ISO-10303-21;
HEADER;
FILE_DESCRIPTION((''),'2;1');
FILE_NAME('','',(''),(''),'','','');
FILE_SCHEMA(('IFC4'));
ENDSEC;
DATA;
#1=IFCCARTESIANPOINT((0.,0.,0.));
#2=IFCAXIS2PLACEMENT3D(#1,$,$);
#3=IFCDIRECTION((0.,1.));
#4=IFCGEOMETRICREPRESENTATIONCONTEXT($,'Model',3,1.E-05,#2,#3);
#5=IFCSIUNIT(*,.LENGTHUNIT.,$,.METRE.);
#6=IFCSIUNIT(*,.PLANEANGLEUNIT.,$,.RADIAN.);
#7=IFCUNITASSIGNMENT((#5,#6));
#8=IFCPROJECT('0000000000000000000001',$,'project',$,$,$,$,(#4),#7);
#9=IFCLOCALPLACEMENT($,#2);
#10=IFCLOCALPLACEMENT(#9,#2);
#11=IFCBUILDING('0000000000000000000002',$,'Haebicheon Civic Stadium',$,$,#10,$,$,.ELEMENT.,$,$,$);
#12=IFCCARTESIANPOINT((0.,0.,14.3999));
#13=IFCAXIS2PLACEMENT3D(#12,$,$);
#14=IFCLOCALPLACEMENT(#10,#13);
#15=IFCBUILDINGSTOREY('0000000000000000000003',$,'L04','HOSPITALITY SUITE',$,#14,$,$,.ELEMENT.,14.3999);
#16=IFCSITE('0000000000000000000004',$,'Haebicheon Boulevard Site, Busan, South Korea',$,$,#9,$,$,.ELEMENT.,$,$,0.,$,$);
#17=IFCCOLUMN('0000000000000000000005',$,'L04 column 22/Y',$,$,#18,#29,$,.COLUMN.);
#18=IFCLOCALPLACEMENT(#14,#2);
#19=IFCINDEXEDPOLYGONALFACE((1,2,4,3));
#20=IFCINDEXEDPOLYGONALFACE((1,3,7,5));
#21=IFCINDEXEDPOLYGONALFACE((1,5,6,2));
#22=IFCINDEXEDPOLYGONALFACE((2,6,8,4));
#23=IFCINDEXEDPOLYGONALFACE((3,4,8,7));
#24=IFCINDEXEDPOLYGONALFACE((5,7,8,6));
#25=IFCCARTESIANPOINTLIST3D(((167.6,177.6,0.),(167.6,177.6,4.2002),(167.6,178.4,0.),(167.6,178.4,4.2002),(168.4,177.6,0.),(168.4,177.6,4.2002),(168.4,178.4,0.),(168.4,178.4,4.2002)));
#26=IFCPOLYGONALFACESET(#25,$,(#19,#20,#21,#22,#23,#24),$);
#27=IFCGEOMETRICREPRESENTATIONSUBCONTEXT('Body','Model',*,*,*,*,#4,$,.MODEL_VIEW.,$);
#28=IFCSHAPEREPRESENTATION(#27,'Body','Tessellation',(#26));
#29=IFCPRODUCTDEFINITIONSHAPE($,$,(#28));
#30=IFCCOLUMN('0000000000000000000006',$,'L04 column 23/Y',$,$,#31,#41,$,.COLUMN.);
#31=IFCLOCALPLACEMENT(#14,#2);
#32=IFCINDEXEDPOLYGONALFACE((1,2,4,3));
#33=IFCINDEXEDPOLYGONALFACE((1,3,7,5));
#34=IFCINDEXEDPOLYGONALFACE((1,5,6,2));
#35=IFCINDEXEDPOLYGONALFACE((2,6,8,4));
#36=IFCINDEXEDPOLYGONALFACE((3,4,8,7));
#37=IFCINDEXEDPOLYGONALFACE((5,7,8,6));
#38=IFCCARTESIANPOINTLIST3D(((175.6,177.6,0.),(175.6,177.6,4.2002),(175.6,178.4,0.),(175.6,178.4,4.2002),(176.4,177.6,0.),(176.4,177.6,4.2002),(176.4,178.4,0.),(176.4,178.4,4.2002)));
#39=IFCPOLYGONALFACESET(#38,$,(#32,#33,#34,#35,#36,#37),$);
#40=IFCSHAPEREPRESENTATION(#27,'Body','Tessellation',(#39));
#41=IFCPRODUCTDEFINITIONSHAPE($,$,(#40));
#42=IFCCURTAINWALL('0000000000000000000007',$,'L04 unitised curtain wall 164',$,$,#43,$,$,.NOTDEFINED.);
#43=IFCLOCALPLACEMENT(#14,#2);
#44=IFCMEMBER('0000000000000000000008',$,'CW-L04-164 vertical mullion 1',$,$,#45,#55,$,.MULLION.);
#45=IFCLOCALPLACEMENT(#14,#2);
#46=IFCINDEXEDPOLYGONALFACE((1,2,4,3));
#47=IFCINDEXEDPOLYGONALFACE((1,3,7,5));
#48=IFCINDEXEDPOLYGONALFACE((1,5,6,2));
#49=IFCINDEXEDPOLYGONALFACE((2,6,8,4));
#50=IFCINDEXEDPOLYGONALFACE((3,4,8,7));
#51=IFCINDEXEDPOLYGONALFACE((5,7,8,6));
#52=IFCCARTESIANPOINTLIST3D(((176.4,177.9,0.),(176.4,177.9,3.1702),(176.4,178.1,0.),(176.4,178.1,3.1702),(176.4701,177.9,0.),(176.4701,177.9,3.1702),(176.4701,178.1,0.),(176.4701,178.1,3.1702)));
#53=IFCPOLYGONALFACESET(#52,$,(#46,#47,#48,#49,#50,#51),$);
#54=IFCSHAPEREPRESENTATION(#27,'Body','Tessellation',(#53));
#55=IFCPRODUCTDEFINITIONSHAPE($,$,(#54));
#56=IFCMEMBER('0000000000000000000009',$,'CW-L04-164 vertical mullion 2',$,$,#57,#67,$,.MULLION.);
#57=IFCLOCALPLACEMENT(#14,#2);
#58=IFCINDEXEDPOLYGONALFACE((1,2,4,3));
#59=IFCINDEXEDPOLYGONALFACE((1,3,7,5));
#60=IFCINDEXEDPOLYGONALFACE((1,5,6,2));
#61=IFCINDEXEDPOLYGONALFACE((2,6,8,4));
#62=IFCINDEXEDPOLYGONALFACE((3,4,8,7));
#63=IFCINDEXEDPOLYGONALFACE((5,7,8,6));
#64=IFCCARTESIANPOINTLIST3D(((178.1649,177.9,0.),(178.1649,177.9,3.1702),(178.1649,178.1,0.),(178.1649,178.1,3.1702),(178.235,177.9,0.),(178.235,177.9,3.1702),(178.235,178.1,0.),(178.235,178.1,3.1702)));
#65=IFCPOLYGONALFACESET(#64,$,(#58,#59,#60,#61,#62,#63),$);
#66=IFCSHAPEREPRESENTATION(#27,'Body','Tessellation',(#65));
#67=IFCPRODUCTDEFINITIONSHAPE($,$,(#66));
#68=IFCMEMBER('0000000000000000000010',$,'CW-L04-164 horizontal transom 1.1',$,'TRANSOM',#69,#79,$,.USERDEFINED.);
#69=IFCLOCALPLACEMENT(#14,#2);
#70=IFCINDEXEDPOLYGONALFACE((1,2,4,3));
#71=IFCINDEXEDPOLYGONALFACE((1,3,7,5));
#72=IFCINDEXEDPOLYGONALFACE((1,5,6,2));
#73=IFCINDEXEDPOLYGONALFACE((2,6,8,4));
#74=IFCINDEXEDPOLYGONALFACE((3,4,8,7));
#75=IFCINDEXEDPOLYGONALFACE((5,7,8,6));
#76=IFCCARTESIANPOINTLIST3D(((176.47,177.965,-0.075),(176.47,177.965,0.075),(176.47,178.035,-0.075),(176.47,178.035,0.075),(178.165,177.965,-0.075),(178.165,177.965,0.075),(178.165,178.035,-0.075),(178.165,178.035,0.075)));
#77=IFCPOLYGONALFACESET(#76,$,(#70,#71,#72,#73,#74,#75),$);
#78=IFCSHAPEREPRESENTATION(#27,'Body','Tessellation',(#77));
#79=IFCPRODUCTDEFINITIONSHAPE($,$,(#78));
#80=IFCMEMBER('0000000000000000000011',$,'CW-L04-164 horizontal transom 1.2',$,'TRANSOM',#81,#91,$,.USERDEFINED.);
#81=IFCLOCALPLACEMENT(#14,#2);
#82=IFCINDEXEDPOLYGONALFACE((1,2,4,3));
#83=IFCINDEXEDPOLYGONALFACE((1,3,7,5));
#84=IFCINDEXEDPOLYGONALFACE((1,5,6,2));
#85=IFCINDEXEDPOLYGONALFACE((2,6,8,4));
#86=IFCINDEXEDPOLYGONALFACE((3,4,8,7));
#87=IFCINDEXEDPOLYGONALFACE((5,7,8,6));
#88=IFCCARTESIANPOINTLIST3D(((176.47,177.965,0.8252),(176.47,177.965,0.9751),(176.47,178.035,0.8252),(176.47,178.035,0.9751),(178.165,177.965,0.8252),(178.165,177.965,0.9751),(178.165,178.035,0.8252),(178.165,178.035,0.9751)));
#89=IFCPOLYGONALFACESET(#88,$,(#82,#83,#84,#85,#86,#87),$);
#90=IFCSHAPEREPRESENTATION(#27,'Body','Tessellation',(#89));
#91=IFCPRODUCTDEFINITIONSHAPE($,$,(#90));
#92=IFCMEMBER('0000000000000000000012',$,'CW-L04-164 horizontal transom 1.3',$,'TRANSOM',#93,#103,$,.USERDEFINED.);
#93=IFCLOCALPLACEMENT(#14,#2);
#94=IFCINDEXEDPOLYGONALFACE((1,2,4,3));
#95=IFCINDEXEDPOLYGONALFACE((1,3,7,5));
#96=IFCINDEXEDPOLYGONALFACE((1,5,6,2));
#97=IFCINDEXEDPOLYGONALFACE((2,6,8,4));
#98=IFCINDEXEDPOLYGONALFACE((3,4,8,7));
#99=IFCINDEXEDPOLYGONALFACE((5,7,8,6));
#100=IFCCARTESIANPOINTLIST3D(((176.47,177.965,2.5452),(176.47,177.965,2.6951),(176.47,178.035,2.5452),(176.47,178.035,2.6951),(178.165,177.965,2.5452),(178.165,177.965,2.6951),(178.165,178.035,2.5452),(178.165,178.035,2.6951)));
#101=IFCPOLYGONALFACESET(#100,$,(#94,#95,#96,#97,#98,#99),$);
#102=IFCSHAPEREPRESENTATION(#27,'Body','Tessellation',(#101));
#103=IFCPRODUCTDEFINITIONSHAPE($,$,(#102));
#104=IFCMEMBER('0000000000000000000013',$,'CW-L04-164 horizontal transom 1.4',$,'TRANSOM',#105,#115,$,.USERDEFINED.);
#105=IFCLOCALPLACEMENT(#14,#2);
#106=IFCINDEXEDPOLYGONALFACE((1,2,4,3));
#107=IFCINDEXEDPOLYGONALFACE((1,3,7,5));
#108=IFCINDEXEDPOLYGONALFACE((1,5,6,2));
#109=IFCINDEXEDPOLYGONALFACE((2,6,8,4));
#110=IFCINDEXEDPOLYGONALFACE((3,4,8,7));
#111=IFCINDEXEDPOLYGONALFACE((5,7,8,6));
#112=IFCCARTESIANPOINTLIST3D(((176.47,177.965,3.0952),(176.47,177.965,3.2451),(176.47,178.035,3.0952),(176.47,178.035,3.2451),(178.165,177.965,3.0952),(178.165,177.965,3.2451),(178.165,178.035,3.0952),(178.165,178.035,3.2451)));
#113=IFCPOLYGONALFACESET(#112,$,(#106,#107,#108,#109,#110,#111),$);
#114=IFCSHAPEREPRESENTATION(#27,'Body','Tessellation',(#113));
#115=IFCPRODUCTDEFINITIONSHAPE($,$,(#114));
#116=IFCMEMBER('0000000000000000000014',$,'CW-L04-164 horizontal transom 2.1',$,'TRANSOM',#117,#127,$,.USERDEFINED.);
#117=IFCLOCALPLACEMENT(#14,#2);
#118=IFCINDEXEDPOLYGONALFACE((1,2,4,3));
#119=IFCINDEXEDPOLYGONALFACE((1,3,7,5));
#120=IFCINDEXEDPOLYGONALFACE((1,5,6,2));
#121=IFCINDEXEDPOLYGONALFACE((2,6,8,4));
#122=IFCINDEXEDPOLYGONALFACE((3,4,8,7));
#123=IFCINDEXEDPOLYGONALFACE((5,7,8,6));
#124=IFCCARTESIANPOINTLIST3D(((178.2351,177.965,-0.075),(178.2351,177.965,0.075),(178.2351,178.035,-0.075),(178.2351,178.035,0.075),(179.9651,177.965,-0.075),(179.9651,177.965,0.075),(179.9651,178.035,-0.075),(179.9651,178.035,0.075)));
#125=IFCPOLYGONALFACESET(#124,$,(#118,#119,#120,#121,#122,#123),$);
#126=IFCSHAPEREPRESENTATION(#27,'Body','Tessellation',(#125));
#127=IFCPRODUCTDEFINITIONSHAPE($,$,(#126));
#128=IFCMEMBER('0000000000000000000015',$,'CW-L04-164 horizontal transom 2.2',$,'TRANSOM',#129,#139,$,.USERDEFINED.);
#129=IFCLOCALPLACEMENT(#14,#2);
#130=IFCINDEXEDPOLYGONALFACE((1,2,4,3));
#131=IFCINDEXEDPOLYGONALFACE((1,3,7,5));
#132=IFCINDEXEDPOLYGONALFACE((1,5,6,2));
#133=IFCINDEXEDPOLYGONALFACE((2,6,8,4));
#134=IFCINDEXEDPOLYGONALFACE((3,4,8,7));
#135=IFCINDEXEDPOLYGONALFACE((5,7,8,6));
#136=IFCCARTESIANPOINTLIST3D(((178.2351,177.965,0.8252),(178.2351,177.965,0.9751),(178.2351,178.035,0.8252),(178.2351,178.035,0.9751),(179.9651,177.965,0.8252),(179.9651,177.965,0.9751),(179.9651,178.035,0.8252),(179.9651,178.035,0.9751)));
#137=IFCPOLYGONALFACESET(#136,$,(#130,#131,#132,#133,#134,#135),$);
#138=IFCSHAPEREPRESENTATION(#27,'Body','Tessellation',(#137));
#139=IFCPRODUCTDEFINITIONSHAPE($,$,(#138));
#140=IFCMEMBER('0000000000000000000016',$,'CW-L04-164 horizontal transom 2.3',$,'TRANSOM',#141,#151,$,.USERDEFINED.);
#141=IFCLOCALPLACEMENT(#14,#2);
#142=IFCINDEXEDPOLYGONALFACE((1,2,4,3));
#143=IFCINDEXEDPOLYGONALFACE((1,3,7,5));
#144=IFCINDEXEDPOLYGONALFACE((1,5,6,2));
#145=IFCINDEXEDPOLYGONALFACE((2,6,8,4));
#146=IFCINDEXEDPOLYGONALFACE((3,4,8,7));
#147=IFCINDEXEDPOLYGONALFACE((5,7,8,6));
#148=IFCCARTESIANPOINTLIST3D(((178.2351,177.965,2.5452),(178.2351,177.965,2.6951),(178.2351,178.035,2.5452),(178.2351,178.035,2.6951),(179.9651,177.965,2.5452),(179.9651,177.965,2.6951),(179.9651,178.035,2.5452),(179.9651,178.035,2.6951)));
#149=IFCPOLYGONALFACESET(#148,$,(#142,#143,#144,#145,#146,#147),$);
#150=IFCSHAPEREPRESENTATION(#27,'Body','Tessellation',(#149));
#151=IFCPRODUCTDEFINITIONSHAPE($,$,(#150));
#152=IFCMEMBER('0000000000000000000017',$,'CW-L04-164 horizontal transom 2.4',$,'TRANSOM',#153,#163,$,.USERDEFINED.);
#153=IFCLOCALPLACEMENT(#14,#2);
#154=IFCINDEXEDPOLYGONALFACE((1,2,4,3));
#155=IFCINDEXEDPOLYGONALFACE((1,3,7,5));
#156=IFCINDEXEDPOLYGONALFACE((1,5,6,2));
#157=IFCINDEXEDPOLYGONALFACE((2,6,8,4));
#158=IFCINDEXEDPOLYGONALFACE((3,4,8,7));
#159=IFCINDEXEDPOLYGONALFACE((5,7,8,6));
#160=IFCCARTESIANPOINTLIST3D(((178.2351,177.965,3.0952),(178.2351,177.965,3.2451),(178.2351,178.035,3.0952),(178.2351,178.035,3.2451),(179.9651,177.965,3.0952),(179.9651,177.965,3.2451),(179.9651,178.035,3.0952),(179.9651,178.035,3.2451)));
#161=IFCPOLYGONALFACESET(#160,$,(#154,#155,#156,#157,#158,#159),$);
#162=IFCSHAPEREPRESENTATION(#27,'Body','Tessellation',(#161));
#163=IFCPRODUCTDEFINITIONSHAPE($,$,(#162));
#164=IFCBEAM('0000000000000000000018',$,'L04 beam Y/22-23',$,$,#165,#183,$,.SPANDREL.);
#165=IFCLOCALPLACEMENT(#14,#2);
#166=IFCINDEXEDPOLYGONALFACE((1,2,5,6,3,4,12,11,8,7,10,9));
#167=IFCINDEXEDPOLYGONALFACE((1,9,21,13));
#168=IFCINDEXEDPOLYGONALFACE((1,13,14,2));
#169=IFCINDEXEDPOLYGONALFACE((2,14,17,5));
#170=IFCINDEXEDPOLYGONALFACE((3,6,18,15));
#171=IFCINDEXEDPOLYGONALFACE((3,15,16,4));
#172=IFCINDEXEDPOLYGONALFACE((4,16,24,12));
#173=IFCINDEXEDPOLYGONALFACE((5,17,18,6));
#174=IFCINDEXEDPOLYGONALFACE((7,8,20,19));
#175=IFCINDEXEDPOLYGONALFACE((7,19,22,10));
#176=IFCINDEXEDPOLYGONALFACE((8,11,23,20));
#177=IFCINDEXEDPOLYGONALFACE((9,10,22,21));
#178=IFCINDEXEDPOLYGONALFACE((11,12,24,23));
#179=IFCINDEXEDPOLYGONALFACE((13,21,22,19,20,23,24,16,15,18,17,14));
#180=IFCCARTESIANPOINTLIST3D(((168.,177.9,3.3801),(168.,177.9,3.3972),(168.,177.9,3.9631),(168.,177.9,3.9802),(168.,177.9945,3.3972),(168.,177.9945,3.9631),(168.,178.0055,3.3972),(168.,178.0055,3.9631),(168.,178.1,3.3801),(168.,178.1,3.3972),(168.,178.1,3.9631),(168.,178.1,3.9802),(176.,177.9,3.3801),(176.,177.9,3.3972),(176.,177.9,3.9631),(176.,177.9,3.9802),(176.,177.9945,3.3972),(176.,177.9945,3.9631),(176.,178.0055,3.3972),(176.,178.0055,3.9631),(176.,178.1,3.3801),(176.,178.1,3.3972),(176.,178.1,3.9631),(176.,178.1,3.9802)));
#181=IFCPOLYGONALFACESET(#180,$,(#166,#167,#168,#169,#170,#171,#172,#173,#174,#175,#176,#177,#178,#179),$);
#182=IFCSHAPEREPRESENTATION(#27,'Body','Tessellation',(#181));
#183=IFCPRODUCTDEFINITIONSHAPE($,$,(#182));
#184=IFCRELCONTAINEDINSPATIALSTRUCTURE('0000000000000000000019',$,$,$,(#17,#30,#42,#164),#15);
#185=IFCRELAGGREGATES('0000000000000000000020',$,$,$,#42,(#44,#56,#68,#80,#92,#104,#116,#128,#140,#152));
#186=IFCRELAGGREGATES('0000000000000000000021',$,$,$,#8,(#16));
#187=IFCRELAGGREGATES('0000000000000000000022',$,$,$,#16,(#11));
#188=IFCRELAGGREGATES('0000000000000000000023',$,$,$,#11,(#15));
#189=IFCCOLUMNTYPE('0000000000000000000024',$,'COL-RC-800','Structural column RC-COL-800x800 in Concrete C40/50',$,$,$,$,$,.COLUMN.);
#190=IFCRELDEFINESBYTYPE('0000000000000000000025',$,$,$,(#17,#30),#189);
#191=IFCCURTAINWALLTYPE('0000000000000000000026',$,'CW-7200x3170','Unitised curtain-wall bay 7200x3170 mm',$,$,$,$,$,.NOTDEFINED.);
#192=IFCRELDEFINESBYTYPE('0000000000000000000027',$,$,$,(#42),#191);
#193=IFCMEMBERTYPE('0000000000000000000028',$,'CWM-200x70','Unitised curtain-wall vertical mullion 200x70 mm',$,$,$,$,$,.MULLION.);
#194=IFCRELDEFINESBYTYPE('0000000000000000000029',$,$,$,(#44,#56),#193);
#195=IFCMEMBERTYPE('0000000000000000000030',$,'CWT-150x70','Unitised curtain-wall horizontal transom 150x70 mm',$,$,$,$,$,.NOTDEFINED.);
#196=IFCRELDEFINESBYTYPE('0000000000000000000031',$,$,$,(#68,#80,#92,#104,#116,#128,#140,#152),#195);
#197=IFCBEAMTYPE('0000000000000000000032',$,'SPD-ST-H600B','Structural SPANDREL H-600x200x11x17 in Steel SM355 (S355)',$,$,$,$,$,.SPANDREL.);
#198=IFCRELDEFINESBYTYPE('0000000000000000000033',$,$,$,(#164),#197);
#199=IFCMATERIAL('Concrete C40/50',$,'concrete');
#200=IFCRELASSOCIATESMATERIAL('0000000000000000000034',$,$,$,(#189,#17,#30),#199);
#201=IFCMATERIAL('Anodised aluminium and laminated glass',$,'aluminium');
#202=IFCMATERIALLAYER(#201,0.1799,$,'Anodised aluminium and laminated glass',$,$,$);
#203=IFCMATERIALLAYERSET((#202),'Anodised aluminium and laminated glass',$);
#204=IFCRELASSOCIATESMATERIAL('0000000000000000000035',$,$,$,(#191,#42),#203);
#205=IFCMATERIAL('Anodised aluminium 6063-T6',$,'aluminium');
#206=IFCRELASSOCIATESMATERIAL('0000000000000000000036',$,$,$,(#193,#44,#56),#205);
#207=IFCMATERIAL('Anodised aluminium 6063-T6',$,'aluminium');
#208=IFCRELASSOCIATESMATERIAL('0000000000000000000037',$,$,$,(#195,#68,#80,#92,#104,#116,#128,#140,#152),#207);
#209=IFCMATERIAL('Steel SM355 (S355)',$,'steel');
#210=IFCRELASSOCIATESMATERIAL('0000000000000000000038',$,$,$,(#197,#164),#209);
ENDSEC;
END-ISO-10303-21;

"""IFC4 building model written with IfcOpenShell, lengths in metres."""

from ifc_helpers import new_model, si_unit, direction, frame, origin, origin_2d, place, context, subcontext, project, spatial, rectangle, i_section, extrude, material, layer, layer_set, material_profile, profile_set, type_object, element, aggregate, save


model = new_model("IFC4")

# Units and contexts
model_context = context("Model", 3, precision=1e-05, world=origin(), true_north=direction((0.0, 1.0)))
body_context = subcontext(model_context, "Body", "Model", "MODEL_VIEW")
ifc_project = project(units=[si_unit("LENGTHUNIT", "METRE"), si_unit("PLANEANGLEUNIT", "RADIAN")], contexts=[model_context])

# Site, building, storey
site_placement = place(None, origin())
site = spatial("IfcSite", under=ifc_project, at=site_placement, Name="Haebicheon Boulevard Site, Busan, South Korea", CompositionType="ELEMENT", RefElevation=0.0)
building_placement = place(site_placement, origin())
building = spatial("IfcBuilding", under=site, at=building_placement, Name="Haebicheon Civic Stadium", CompositionType="ELEMENT")
storey_placement = place(building_placement, frame((0.0, 0.0, 14.3999)))
storey = spatial("IfcBuildingStorey", under=building, at=storey_placement, Name="L04", Description="HOSPITALITY SUITE", CompositionType="ELEMENT", Elevation=14.3999)

# Columns
ifc_material_1 = material(Name="Concrete C40/50", Category="concrete")
ifc_material_profile_1 = material_profile(ifc_material_1, rectangle(XDim=0.8, YDim=0.8, at=origin_2d()), Name="RC-COL-800x800")
ifc_profile_set_1 = profile_set([ifc_material_profile_1], Name="Concrete C40/50")
column_type = type_object("IfcColumnType", Name="COL-RC-800", Description="Structural column RC-COL-800x800 in Concrete C40/50", PredefinedType="COLUMN", material=ifc_profile_set_1)
for number, where, z_axis, x_axis, name in (
    (1, (168.0, 178.0, 0.0), (0.0, 0.0, 1.0), (1.0, 0.0, 0.0), "L04 column 22/Y"),
    (2, (176.0, 178.0, 0.0), (0.0, 0.0, 1.0), (1.0, 0.0, 0.0), "L04 column 23/Y"),
):
    element("IfcColumn", number, at=place(storey_placement, frame(where, z_axis=z_axis, x_axis=x_axis)), inside=storey, type_object=column_type, material=ifc_profile_set_1, Name=name, PredefinedType="COLUMN", context=body_context, shape_type="SweptSolid", body=[
        extrude(rectangle(XDim=0.8, YDim=0.8, at=origin_2d()), origin(), (0.0, 0.0, 1.0), 4.2002),
    ])

# Curtain wall, members
ifc_material_2 = material(Name="Anodised aluminium and laminated glass", Category="aluminium")
ifc_layer_1 = layer(ifc_material_2, 0.1799, Name="Anodised aluminium and laminated glass")
ifc_layer_set_1 = layer_set([ifc_layer_1], Name="Anodised aluminium and laminated glass")
curtain_wall_type = type_object("IfcCurtainWallType", Name="CW-7200x3170", Description="Unitised curtain-wall bay 7200x3170 mm", PredefinedType="NOTDEFINED", material=ifc_layer_set_1)
curtain_wall_placement = place(storey_placement, origin())
curtain_wall = element("IfcCurtainWall", 3, at=curtain_wall_placement, inside=storey, type_object=curtain_wall_type, material=ifc_layer_set_1, Name="L04 unitised curtain wall 164", PredefinedType="NOTDEFINED")
ifc_material_3 = material(Name="Anodised aluminium 6063-T6", Category="aluminium")
ifc_material_profile_2 = material_profile(ifc_material_3, rectangle(XDim=0.0701, YDim=0.2, at=origin_2d()), Name="ALU-MULL-70x200")
ifc_profile_set_2 = profile_set([ifc_material_profile_2], Name="Anodised aluminium 6063-T6")
member_type_1 = type_object("IfcMemberType", Name="CWM-200x70", Description="Unitised curtain-wall vertical mullion 200x70 mm", PredefinedType="MULLION", material=ifc_profile_set_2)
member_1_placement = place(storey_placement, frame((176.4351, 178.0, 0.0), z_axis=(0.0, 0.0, 1.0), x_axis=(1.0, 0.0, 0.0)))
member_1 = element("IfcMember", 4, at=member_1_placement, type_object=member_type_1, material=ifc_profile_set_2, Name="CW-L04-164 vertical mullion 1", PredefinedType="MULLION", context=body_context, shape_type="SweptSolid", body=[
    extrude(rectangle(XDim=0.0701, YDim=0.2, at=origin_2d()), origin(), (0.0, 0.0, 1.0), 3.1702),
])
member_2_placement = place(storey_placement, frame((178.2, 178.0, 0.0), z_axis=(0.0, 0.0, 1.0), x_axis=(1.0, 0.0, 0.0)))
member_2 = element("IfcMember", 5, at=member_2_placement, type_object=member_type_1, material=ifc_profile_set_2, Name="CW-L04-164 vertical mullion 2", PredefinedType="MULLION", context=body_context, shape_type="SweptSolid", body=[
    extrude(rectangle(XDim=0.0701, YDim=0.2, at=origin_2d()), origin(), (0.0, 0.0, 1.0), 3.1702),
])
ifc_material_4 = material(Name="Anodised aluminium 6063-T6", Category="aluminium")
ifc_material_profile_3 = material_profile(ifc_material_4, rectangle(XDim=0.0701, YDim=0.1499, at=origin_2d()), Name="ALU-TRAN-70x150")
ifc_profile_set_3 = profile_set([ifc_material_profile_3], Name="Anodised aluminium 6063-T6")
member_type_2 = type_object("IfcMemberType", Name="CWT-150x70", Description="Unitised curtain-wall horizontal transom 150x70 mm", PredefinedType="NOTDEFINED", material=ifc_profile_set_3)
member_3_placement = place(storey_placement, frame((176.47, 178.0, 0.0), z_axis=(1.0, 0.0, 0.0), x_axis=(0.0, 1.0, 0.0)))
member_3 = element("IfcMember", 6, at=member_3_placement, type_object=member_type_2, material=ifc_profile_set_3, Name="CW-L04-164 horizontal transom 1.1", ObjectType="TRANSOM", PredefinedType="USERDEFINED", context=body_context, shape_type="SweptSolid", body=[
    extrude(rectangle(XDim=0.0701, YDim=0.1499, at=origin_2d()), origin(), (0.0, 0.0, 1.0), 1.6951),
])
member_4_placement = place(storey_placement, frame((176.47, 178.0, 0.9001), z_axis=(1.0, 0.0, 0.0), x_axis=(0.0, 1.0, 0.0)))
member_4 = element("IfcMember", 7, at=member_4_placement, type_object=member_type_2, material=ifc_profile_set_3, Name="CW-L04-164 horizontal transom 1.2", ObjectType="TRANSOM", PredefinedType="USERDEFINED", context=body_context, shape_type="SweptSolid", body=[
    extrude(rectangle(XDim=0.0701, YDim=0.1499, at=origin_2d()), origin(), (0.0, 0.0, 1.0), 1.6951),
])
member_5_placement = place(storey_placement, frame((176.47, 178.0, 2.6201), z_axis=(1.0, 0.0, 0.0), x_axis=(0.0, 1.0, 0.0)))
member_5 = element("IfcMember", 8, at=member_5_placement, type_object=member_type_2, material=ifc_profile_set_3, Name="CW-L04-164 horizontal transom 1.3", ObjectType="TRANSOM", PredefinedType="USERDEFINED", context=body_context, shape_type="SweptSolid", body=[
    extrude(rectangle(XDim=0.0701, YDim=0.1499, at=origin_2d()), origin(), (0.0, 0.0, 1.0), 1.6951),
])
member_6_placement = place(storey_placement, frame((176.47, 178.0, 3.1702), z_axis=(1.0, 0.0, 0.0), x_axis=(0.0, 1.0, 0.0)))
member_6 = element("IfcMember", 9, at=member_6_placement, type_object=member_type_2, material=ifc_profile_set_3, Name="CW-L04-164 horizontal transom 1.4", ObjectType="TRANSOM", PredefinedType="USERDEFINED", context=body_context, shape_type="SweptSolid", body=[
    extrude(rectangle(XDim=0.0701, YDim=0.1499, at=origin_2d()), origin(), (0.0, 0.0, 1.0), 1.6951),
])
member_7_placement = place(storey_placement, frame((178.2351, 178.0, 0.0), z_axis=(1.0, 0.0, 0.0), x_axis=(0.0, 1.0, 0.0)))
member_7 = element("IfcMember", 10, at=member_7_placement, type_object=member_type_2, material=ifc_profile_set_3, Name="CW-L04-164 horizontal transom 2.1", ObjectType="TRANSOM", PredefinedType="USERDEFINED", context=body_context, shape_type="SweptSolid", body=[
    extrude(rectangle(XDim=0.0701, YDim=0.1499, at=origin_2d()), origin(), (0.0, 0.0, 1.0), 1.73),
])
member_8_placement = place(storey_placement, frame((178.2351, 178.0, 0.9001), z_axis=(1.0, 0.0, 0.0), x_axis=(0.0, 1.0, 0.0)))
member_8 = element("IfcMember", 11, at=member_8_placement, type_object=member_type_2, material=ifc_profile_set_3, Name="CW-L04-164 horizontal transom 2.2", ObjectType="TRANSOM", PredefinedType="USERDEFINED", context=body_context, shape_type="SweptSolid", body=[
    extrude(rectangle(XDim=0.0701, YDim=0.1499, at=origin_2d()), origin(), (0.0, 0.0, 1.0), 1.73),
])
member_9_placement = place(storey_placement, frame((178.2351, 178.0, 2.6201), z_axis=(1.0, 0.0, 0.0), x_axis=(0.0, 1.0, 0.0)))
member_9 = element("IfcMember", 12, at=member_9_placement, type_object=member_type_2, material=ifc_profile_set_3, Name="CW-L04-164 horizontal transom 2.3", ObjectType="TRANSOM", PredefinedType="USERDEFINED", context=body_context, shape_type="SweptSolid", body=[
    extrude(rectangle(XDim=0.0701, YDim=0.1499, at=origin_2d()), origin(), (0.0, 0.0, 1.0), 1.73),
])
member_10_placement = place(storey_placement, frame((178.2351, 178.0, 3.1702), z_axis=(1.0, 0.0, 0.0), x_axis=(0.0, 1.0, 0.0)))
member_10 = element("IfcMember", 13, at=member_10_placement, type_object=member_type_2, material=ifc_profile_set_3, Name="CW-L04-164 horizontal transom 2.4", ObjectType="TRANSOM", PredefinedType="USERDEFINED", context=body_context, shape_type="SweptSolid", body=[
    extrude(rectangle(XDim=0.0701, YDim=0.1499, at=origin_2d()), origin(), (0.0, 0.0, 1.0), 1.73),
])

# Beam
ifc_material_5 = material(Name="Steel SM355 (S355)", Category="steel")
ifc_material_profile_4 = material_profile(ifc_material_5, i_section(OverallWidth=0.2, OverallDepth=0.6001, WebThickness=0.011, FlangeThickness=0.0171, at=origin_2d()), Name="H-600x200x11x17")
ifc_profile_set_4 = profile_set([ifc_material_profile_4], Name="Steel SM355 (S355)")
beam_type = type_object("IfcBeamType", Name="SPD-ST-H600B", Description="Structural SPANDREL H-600x200x11x17 in Steel SM355 (S355)", PredefinedType="SPANDREL", material=ifc_profile_set_4)
for number, where, z_axis, x_axis, name in (
    (14, (168.0, 178.0, 3.6802), (1.0, 0.0, 0.0), (0.0, 1.0, 0.0), "L04 beam Y/22-23"),
):
    element("IfcBeam", number, at=place(storey_placement, frame(where, z_axis=z_axis, x_axis=x_axis)), inside=storey, type_object=beam_type, material=ifc_profile_set_4, Name=name, PredefinedType="SPANDREL", context=body_context, shape_type="SweptSolid", body=[
        extrude(i_section(OverallWidth=0.2, OverallDepth=0.6001, WebThickness=0.011, FlangeThickness=0.0171, at=origin_2d()), origin(), (0.0, 0.0, 1.0), 8.0),
    ])

aggregate(curtain_wall, [member_1, member_2, member_3, member_4, member_5, member_6, member_7, member_8, member_9, member_10])

save(model, "model.ifc")
